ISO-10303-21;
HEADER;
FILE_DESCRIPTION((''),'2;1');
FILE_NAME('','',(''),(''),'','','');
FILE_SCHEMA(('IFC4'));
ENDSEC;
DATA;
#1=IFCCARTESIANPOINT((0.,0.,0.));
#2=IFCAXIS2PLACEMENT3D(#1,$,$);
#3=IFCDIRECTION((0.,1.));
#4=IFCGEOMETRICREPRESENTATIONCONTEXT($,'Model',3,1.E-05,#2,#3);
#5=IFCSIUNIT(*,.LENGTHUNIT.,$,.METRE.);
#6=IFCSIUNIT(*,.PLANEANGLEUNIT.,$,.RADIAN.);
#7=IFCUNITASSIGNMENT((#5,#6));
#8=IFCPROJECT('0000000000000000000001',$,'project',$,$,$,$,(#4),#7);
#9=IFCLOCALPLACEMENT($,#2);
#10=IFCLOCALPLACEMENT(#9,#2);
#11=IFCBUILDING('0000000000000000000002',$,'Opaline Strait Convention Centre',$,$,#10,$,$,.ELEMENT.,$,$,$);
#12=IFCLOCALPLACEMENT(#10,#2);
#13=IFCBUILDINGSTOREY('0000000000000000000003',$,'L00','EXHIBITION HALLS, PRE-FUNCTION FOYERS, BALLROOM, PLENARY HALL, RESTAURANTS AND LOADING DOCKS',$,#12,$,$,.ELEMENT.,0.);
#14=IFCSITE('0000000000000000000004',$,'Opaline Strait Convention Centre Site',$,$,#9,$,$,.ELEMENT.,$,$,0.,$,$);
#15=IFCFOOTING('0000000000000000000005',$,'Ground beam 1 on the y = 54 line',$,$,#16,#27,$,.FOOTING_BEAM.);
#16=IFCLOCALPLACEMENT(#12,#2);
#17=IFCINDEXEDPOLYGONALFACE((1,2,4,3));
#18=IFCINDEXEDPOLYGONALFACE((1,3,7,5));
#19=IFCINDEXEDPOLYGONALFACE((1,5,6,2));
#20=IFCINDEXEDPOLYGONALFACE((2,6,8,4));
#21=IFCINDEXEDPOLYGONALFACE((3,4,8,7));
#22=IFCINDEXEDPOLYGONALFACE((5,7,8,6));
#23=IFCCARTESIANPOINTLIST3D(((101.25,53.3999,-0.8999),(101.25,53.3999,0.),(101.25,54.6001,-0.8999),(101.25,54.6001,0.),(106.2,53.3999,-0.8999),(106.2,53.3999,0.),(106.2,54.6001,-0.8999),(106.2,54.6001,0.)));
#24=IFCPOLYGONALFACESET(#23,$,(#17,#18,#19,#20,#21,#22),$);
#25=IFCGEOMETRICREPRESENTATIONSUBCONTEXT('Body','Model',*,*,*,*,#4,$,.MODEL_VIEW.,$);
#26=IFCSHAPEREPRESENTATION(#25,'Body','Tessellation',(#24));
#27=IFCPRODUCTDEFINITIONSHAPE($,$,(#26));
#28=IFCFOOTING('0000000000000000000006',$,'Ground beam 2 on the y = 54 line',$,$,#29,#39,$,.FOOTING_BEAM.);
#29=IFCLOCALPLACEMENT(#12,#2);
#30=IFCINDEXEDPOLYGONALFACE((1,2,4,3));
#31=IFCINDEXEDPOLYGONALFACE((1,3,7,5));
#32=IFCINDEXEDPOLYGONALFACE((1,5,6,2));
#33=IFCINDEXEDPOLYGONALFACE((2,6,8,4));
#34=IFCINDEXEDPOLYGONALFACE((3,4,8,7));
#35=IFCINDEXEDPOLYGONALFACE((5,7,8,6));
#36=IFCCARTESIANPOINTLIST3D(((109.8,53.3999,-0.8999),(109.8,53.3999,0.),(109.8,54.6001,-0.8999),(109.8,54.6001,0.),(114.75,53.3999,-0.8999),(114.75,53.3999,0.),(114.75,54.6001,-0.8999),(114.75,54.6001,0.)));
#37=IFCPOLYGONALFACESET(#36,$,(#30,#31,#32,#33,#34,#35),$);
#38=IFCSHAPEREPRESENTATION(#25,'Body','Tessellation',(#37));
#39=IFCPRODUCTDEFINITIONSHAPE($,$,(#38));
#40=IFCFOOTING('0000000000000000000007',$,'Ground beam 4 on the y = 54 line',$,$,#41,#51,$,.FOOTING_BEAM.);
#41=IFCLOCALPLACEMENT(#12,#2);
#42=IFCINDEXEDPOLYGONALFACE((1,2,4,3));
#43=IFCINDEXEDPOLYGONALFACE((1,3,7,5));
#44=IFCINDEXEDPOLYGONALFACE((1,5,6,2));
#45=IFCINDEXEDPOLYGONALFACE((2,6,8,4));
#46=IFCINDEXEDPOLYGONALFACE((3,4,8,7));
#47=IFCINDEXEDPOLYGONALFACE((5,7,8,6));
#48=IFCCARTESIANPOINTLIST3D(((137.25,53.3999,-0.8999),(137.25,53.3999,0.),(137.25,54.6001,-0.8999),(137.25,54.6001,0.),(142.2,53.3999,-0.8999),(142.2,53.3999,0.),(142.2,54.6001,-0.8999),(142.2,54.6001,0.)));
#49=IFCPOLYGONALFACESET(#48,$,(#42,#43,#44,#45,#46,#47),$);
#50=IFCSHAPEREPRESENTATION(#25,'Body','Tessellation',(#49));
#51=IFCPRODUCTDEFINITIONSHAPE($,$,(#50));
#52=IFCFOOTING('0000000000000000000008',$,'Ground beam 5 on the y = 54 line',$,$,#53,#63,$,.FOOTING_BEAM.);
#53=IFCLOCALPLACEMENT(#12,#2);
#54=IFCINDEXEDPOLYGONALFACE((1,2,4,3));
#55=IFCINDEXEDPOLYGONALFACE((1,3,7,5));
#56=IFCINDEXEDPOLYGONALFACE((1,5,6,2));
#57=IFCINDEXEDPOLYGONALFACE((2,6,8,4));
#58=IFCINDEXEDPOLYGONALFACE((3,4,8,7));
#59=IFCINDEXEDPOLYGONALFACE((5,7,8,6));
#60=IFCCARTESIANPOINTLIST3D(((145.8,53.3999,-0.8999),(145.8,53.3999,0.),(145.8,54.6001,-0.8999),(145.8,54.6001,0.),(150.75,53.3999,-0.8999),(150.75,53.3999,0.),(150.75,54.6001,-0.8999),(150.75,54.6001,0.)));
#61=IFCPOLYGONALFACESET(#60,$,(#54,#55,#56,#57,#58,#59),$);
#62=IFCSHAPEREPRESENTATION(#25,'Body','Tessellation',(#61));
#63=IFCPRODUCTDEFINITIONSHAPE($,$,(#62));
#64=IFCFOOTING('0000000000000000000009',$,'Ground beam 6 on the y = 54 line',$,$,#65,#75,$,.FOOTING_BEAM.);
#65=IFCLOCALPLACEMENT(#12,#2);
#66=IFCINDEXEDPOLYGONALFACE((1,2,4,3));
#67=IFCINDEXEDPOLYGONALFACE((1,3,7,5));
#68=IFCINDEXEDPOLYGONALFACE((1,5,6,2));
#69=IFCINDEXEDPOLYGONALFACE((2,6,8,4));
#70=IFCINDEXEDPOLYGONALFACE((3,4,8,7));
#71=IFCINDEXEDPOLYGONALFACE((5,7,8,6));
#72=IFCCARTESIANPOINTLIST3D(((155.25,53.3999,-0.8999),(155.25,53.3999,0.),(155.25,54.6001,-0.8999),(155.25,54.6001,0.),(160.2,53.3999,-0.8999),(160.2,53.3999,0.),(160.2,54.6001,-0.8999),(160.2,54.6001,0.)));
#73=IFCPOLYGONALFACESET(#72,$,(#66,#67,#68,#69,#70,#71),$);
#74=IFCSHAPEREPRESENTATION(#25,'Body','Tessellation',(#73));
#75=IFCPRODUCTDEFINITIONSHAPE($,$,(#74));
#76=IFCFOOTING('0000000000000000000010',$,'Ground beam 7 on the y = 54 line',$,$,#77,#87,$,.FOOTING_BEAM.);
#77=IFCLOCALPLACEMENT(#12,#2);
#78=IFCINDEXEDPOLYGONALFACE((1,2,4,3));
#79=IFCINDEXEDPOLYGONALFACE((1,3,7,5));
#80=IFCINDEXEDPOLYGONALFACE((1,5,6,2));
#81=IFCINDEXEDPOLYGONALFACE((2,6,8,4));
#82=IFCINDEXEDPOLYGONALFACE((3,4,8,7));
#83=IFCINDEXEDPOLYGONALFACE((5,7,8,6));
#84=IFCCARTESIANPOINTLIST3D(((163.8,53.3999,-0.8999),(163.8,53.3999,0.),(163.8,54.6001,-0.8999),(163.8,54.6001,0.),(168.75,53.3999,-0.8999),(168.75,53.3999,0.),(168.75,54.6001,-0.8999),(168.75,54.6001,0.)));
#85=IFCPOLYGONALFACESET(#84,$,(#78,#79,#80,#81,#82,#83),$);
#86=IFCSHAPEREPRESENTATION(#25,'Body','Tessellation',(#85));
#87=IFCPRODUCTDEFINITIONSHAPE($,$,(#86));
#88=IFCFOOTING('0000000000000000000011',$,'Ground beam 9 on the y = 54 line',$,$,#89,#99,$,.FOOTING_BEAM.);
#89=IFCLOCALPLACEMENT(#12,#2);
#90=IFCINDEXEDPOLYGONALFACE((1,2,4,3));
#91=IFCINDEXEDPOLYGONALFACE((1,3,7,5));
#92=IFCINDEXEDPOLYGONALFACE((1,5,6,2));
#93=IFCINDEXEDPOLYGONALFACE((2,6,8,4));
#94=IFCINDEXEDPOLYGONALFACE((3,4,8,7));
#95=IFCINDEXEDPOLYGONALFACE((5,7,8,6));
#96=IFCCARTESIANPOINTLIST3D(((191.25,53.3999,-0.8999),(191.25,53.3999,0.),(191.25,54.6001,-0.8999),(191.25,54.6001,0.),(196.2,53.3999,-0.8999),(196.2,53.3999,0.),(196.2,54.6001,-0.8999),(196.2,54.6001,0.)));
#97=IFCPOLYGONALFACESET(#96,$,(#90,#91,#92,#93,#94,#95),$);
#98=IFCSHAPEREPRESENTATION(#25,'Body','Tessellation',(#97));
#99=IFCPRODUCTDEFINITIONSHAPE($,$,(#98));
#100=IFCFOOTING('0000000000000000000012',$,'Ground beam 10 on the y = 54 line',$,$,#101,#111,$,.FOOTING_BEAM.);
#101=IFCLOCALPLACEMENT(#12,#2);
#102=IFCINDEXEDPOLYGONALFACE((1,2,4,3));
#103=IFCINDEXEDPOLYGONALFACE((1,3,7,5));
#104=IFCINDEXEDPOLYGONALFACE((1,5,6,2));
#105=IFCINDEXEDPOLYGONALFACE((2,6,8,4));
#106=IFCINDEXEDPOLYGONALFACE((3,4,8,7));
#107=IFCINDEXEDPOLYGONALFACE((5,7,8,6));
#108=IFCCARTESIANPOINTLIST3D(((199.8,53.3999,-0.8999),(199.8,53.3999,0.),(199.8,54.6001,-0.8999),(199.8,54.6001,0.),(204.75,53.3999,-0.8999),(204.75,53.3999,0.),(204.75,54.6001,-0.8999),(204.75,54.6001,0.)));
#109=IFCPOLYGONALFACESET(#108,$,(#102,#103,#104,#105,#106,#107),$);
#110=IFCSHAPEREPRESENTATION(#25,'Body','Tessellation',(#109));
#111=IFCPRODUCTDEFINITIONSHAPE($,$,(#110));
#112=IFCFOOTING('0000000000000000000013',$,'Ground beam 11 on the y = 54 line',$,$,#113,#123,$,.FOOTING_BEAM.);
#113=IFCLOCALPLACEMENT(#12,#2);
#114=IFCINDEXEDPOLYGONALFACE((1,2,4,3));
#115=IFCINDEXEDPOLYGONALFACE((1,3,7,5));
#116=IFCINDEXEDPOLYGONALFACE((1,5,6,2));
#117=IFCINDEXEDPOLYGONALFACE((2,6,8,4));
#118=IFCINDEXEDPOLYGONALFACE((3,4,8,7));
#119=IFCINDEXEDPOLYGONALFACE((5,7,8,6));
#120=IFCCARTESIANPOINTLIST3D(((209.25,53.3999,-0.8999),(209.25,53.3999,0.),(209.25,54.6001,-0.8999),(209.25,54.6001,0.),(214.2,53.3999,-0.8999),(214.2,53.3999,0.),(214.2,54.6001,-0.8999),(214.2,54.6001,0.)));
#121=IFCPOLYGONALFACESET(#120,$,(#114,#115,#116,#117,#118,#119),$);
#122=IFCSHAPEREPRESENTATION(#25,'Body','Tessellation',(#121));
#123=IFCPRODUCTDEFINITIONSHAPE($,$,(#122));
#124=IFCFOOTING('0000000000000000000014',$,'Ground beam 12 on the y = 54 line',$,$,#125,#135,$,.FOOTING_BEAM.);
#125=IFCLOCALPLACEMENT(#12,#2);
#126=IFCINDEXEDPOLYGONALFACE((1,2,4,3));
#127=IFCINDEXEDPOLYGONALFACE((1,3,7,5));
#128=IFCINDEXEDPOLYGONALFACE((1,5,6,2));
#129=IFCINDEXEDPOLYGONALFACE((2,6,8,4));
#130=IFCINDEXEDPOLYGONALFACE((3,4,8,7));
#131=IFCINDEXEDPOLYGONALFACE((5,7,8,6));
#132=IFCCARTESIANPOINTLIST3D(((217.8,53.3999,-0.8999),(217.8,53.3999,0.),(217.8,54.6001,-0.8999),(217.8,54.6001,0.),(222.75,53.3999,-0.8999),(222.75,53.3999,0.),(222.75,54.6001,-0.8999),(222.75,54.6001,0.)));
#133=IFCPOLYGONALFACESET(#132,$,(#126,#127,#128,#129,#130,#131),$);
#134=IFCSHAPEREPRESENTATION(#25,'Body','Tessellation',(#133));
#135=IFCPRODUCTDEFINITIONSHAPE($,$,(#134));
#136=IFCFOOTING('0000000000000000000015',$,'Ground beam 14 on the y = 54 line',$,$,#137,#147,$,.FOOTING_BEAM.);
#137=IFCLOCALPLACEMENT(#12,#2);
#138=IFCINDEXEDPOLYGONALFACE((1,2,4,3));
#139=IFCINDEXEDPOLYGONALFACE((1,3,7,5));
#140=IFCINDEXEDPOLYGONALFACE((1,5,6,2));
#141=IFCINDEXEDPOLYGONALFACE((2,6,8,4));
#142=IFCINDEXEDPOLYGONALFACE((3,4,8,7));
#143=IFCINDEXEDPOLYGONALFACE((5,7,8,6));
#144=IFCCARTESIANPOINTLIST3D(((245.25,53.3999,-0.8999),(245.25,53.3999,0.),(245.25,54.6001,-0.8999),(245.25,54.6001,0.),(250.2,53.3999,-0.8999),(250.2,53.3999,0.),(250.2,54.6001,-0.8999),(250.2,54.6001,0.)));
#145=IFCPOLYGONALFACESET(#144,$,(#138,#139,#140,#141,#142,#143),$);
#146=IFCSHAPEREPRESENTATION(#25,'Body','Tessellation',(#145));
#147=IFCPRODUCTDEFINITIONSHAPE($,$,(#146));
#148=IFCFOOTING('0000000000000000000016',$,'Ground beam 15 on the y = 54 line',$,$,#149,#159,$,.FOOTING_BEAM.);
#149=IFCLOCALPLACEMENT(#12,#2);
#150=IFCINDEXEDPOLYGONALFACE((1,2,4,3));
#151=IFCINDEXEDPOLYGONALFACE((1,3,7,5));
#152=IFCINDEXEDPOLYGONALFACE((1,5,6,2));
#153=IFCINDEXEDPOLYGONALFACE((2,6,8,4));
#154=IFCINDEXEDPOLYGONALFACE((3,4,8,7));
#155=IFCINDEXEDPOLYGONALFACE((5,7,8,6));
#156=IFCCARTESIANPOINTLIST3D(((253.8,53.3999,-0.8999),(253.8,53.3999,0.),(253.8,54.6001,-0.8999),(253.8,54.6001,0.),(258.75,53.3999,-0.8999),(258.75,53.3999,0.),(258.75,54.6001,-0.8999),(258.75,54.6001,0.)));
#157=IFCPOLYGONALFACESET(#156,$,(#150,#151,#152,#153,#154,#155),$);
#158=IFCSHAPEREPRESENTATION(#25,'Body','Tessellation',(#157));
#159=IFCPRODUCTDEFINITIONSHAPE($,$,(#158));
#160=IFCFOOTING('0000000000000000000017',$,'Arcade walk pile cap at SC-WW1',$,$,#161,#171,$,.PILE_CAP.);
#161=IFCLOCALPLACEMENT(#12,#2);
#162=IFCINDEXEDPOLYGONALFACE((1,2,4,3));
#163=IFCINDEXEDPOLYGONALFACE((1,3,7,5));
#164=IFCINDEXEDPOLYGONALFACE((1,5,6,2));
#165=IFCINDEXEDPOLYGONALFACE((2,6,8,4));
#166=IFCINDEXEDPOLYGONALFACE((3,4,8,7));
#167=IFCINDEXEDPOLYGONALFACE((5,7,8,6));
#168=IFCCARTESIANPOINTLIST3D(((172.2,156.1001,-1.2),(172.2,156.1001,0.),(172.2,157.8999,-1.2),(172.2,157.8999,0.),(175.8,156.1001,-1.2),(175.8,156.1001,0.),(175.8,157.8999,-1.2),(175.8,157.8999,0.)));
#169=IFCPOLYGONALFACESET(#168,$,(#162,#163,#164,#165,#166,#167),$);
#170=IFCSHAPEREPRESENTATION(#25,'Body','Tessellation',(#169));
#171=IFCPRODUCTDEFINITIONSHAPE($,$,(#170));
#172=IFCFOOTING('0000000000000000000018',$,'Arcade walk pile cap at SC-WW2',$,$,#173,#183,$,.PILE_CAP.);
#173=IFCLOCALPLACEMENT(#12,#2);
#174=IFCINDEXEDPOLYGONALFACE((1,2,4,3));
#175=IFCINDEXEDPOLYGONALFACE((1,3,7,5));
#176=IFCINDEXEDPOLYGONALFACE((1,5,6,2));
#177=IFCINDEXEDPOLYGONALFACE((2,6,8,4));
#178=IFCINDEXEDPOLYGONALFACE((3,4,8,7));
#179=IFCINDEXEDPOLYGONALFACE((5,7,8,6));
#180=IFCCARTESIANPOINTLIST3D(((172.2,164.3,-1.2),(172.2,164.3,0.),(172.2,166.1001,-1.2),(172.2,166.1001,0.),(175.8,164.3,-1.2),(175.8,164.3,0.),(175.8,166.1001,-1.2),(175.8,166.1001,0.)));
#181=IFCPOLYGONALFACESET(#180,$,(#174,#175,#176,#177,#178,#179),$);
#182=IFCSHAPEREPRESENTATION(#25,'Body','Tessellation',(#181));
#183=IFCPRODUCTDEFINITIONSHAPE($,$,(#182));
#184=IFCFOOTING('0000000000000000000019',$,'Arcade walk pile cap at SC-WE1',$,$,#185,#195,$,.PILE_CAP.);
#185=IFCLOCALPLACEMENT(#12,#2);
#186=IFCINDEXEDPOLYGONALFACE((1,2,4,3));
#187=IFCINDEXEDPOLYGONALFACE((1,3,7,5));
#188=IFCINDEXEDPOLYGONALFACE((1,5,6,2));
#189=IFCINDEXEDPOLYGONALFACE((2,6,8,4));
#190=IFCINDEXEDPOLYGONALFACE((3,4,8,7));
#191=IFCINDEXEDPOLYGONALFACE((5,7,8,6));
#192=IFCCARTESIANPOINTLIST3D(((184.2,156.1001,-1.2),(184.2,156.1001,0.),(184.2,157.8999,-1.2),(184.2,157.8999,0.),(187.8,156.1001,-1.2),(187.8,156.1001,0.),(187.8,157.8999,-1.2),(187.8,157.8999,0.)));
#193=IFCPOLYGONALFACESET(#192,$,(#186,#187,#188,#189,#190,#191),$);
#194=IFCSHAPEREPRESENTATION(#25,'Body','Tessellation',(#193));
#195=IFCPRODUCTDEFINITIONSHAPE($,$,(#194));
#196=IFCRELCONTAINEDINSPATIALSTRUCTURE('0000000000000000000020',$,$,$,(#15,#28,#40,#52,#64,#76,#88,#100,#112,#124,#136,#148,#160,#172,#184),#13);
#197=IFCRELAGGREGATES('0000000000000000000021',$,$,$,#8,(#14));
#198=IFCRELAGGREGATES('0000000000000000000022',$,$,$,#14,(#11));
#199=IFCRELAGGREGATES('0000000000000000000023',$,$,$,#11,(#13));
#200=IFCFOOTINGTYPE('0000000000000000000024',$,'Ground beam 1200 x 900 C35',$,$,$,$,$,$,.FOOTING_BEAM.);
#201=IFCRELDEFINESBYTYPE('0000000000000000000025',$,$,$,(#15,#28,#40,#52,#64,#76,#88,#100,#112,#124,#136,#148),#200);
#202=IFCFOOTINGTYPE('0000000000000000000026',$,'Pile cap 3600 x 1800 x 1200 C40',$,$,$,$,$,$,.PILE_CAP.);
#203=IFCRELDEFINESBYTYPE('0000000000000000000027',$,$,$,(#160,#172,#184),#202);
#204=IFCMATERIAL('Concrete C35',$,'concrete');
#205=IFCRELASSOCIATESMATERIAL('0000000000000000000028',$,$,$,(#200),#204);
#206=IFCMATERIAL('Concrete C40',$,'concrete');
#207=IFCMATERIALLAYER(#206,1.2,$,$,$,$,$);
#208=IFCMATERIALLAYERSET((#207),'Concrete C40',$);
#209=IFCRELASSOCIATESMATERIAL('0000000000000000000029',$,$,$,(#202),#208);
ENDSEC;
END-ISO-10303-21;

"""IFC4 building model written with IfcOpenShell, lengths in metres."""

from ifc_helpers import new_model, si_unit, direction, frame, origin, place, context, subcontext, project, spatial, polyline, outline, extrude, material, layer, layer_set, type_object, element, save


model = new_model("IFC4")

# Units and contexts
model_context = context("Model", 3, precision=1e-05, world=origin(), true_north=direction((0.0, 1.0)))
body_context = subcontext(model_context, "Body", "Model", "MODEL_VIEW")
ifc_project = project(units=[si_unit("LENGTHUNIT", "METRE"), si_unit("PLANEANGLEUNIT", "RADIAN")], contexts=[model_context])

# Site, building, storey
site_placement = place(None, origin())
site = spatial("IfcSite", under=ifc_project, at=site_placement, Name="Opaline Strait Convention Centre Site", CompositionType="ELEMENT", RefElevation=0.0)
building_placement = place(site_placement, origin())
building = spatial("IfcBuilding", under=site, at=building_placement, Name="Opaline Strait Convention Centre", CompositionType="ELEMENT")
storey_placement = place(building_placement, origin())
storey = spatial("IfcBuildingStorey", under=building, at=storey_placement, Name="L00", Description="EXHIBITION HALLS, PRE-FUNCTION FOYERS, BALLROOM, PLENARY HALL, RESTAURANTS AND LOADING DOCKS", CompositionType="ELEMENT", Elevation=0.0)

# Footings
ifc_material_1 = material(Name="Concrete C35", Category="concrete")
footing_type_1 = type_object("IfcFootingType", Name="Ground beam 1200 x 900 C35", PredefinedType="FOOTING_BEAM", material=ifc_material_1)
footing_1_placement = place(storey_placement, frame((0.0, 0.0, -0.8999)))
element("IfcFooting", 1, at=footing_1_placement, inside=storey, type_object=footing_type_1, Name="Ground beam 1 on the y = 54 line", PredefinedType="FOOTING_BEAM", context=body_context, shape_type="SweptSolid", body=[
    extrude(outline(polyline([(101.25, 53.3999), (106.2, 53.3999), (106.2, 54.6001), (101.25, 54.6001), (101.25, 53.3999)])), origin(), (0.0, 0.0, 1.0), 0.8999),
])
footing_2_placement = place(storey_placement, frame((0.0, 0.0, -0.8999)))
element("IfcFooting", 2, at=footing_2_placement, inside=storey, type_object=footing_type_1, Name="Ground beam 2 on the y = 54 line", PredefinedType="FOOTING_BEAM", context=body_context, shape_type="SweptSolid", body=[
    extrude(outline(polyline([(109.8, 53.3999), (114.75, 53.3999), (114.75, 54.6001), (109.8, 54.6001), (109.8, 53.3999)])), origin(), (0.0, 0.0, 1.0), 0.8999),
])
footing_3_placement = place(storey_placement, frame((0.0, 0.0, -0.8999)))
element("IfcFooting", 3, at=footing_3_placement, inside=storey, type_object=footing_type_1, Name="Ground beam 4 on the y = 54 line", PredefinedType="FOOTING_BEAM", context=body_context, shape_type="SweptSolid", body=[
    extrude(outline(polyline([(137.25, 53.3999), (142.2, 53.3999), (142.2, 54.6001), (137.25, 54.6001), (137.25, 53.3999)])), origin(), (0.0, 0.0, 1.0), 0.8999),
])
footing_4_placement = place(storey_placement, frame((0.0, 0.0, -0.8999)))
element("IfcFooting", 4, at=footing_4_placement, inside=storey, type_object=footing_type_1, Name="Ground beam 5 on the y = 54 line", PredefinedType="FOOTING_BEAM", context=body_context, shape_type="SweptSolid", body=[
    extrude(outline(polyline([(145.8, 53.3999), (150.75, 53.3999), (150.75, 54.6001), (145.8, 54.6001), (145.8, 53.3999)])), origin(), (0.0, 0.0, 1.0), 0.8999),
])
footing_5_placement = place(storey_placement, frame((0.0, 0.0, -0.8999)))
element("IfcFooting", 5, at=footing_5_placement, inside=storey, type_object=footing_type_1, Name="Ground beam 6 on the y = 54 line", PredefinedType="FOOTING_BEAM", context=body_context, shape_type="SweptSolid", body=[
    extrude(outline(polyline([(155.25, 53.3999), (160.2, 53.3999), (160.2, 54.6001), (155.25, 54.6001), (155.25, 53.3999)])), origin(), (0.0, 0.0, 1.0), 0.8999),
])
footing_6_placement = place(storey_placement, frame((0.0, 0.0, -0.8999)))
element("IfcFooting", 6, at=footing_6_placement, inside=storey, type_object=footing_type_1, Name="Ground beam 7 on the y = 54 line", PredefinedType="FOOTING_BEAM", context=body_context, shape_type="SweptSolid", body=[
    extrude(outline(polyline([(163.8, 53.3999), (168.75, 53.3999), (168.75, 54.6001), (163.8, 54.6001), (163.8, 53.3999)])), origin(), (0.0, 0.0, 1.0), 0.8999),
])
footing_7_placement = place(storey_placement, frame((0.0, 0.0, -0.8999)))
element("IfcFooting", 7, at=footing_7_placement, inside=storey, type_object=footing_type_1, Name="Ground beam 9 on the y = 54 line", PredefinedType="FOOTING_BEAM", context=body_context, shape_type="SweptSolid", body=[
    extrude(outline(polyline([(191.25, 53.3999), (196.2, 53.3999), (196.2, 54.6001), (191.25, 54.6001), (191.25, 53.3999)])), origin(), (0.0, 0.0, 1.0), 0.8999),
])
footing_8_placement = place(storey_placement, frame((0.0, 0.0, -0.8999)))
element("IfcFooting", 8, at=footing_8_placement, inside=storey, type_object=footing_type_1, Name="Ground beam 10 on the y = 54 line", PredefinedType="FOOTING_BEAM", context=body_context, shape_type="SweptSolid", body=[
    extrude(outline(polyline([(199.8, 53.3999), (204.75, 53.3999), (204.75, 54.6001), (199.8, 54.6001), (199.8, 53.3999)])), origin(), (0.0, 0.0, 1.0), 0.8999),
])
footing_9_placement = place(storey_placement, frame((0.0, 0.0, -0.8999)))
element("IfcFooting", 9, at=footing_9_placement, inside=storey, type_object=footing_type_1, Name="Ground beam 11 on the y = 54 line", PredefinedType="FOOTING_BEAM", context=body_context, shape_type="SweptSolid", body=[
    extrude(outline(polyline([(209.25, 53.3999), (214.2, 53.3999), (214.2, 54.6001), (209.25, 54.6001), (209.25, 53.3999)])), origin(), (0.0, 0.0, 1.0), 0.8999),
])
footing_10_placement = place(storey_placement, frame((0.0, 0.0, -0.8999)))
element("IfcFooting", 10, at=footing_10_placement, inside=storey, type_object=footing_type_1, Name="Ground beam 12 on the y = 54 line", PredefinedType="FOOTING_BEAM", context=body_context, shape_type="SweptSolid", body=[
    extrude(outline(polyline([(217.8, 53.3999), (222.75, 53.3999), (222.75, 54.6001), (217.8, 54.6001), (217.8, 53.3999)])), origin(), (0.0, 0.0, 1.0), 0.8999),
])
footing_11_placement = place(storey_placement, frame((0.0, 0.0, -0.8999)))
element("IfcFooting", 11, at=footing_11_placement, inside=storey, type_object=footing_type_1, Name="Ground beam 14 on the y = 54 line", PredefinedType="FOOTING_BEAM", context=body_context, shape_type="SweptSolid", body=[
    extrude(outline(polyline([(245.25, 53.3999), (250.2, 53.3999), (250.2, 54.6001), (245.25, 54.6001), (245.25, 53.3999)])), origin(), (0.0, 0.0, 1.0), 0.8999),
])
footing_12_placement = place(storey_placement, frame((0.0, 0.0, -0.8999)))
element("IfcFooting", 12, at=footing_12_placement, inside=storey, type_object=footing_type_1, Name="Ground beam 15 on the y = 54 line", PredefinedType="FOOTING_BEAM", context=body_context, shape_type="SweptSolid", body=[
    extrude(outline(polyline([(253.8, 53.3999), (258.75, 53.3999), (258.75, 54.6001), (253.8, 54.6001), (253.8, 53.3999)])), origin(), (0.0, 0.0, 1.0), 0.8999),
])
ifc_material_2 = material(Name="Concrete C40", Category="concrete")
ifc_layer = layer(ifc_material_2, 1.2)
ifc_layer_set = layer_set([ifc_layer], Name="Concrete C40")
footing_type_2 = type_object("IfcFootingType", Name="Pile cap 3600 x 1800 x 1200 C40", PredefinedType="PILE_CAP", material=ifc_layer_set)
footing_13_placement = place(storey_placement, frame((0.0, 0.0, -1.2)))
element("IfcFooting", 13, at=footing_13_placement, inside=storey, type_object=footing_type_2, Name="Arcade walk pile cap at SC-WW1", PredefinedType="PILE_CAP", context=body_context, shape_type="SweptSolid", body=[
    extrude(outline(polyline([(172.2, 156.1001), (175.8, 156.1001), (175.8, 157.8999), (172.2, 157.8999), (172.2, 156.1001)])), origin(), (0.0, 0.0, 1.0), 1.2),
])
footing_14_placement = place(storey_placement, frame((0.0, 0.0, -1.2)))
element("IfcFooting", 14, at=footing_14_placement, inside=storey, type_object=footing_type_2, Name="Arcade walk pile cap at SC-WW2", PredefinedType="PILE_CAP", context=body_context, shape_type="SweptSolid", body=[
    extrude(outline(polyline([(172.2, 164.3), (175.8, 164.3), (175.8, 166.1001), (172.2, 166.1001), (172.2, 164.3)])), origin(), (0.0, 0.0, 1.0), 1.2),
])
footing_15_placement = place(storey_placement, frame((0.0, 0.0, -1.2)))
element("IfcFooting", 15, at=footing_15_placement, inside=storey, type_object=footing_type_2, Name="Arcade walk pile cap at SC-WE1", PredefinedType="PILE_CAP", context=body_context, shape_type="SweptSolid", body=[
    extrude(outline(polyline([(184.2, 156.1001), (187.8, 156.1001), (187.8, 157.8999), (184.2, 157.8999), (184.2, 156.1001)])), origin(), (0.0, 0.0, 1.0), 1.2),
])

save(model, "model.ifc")
